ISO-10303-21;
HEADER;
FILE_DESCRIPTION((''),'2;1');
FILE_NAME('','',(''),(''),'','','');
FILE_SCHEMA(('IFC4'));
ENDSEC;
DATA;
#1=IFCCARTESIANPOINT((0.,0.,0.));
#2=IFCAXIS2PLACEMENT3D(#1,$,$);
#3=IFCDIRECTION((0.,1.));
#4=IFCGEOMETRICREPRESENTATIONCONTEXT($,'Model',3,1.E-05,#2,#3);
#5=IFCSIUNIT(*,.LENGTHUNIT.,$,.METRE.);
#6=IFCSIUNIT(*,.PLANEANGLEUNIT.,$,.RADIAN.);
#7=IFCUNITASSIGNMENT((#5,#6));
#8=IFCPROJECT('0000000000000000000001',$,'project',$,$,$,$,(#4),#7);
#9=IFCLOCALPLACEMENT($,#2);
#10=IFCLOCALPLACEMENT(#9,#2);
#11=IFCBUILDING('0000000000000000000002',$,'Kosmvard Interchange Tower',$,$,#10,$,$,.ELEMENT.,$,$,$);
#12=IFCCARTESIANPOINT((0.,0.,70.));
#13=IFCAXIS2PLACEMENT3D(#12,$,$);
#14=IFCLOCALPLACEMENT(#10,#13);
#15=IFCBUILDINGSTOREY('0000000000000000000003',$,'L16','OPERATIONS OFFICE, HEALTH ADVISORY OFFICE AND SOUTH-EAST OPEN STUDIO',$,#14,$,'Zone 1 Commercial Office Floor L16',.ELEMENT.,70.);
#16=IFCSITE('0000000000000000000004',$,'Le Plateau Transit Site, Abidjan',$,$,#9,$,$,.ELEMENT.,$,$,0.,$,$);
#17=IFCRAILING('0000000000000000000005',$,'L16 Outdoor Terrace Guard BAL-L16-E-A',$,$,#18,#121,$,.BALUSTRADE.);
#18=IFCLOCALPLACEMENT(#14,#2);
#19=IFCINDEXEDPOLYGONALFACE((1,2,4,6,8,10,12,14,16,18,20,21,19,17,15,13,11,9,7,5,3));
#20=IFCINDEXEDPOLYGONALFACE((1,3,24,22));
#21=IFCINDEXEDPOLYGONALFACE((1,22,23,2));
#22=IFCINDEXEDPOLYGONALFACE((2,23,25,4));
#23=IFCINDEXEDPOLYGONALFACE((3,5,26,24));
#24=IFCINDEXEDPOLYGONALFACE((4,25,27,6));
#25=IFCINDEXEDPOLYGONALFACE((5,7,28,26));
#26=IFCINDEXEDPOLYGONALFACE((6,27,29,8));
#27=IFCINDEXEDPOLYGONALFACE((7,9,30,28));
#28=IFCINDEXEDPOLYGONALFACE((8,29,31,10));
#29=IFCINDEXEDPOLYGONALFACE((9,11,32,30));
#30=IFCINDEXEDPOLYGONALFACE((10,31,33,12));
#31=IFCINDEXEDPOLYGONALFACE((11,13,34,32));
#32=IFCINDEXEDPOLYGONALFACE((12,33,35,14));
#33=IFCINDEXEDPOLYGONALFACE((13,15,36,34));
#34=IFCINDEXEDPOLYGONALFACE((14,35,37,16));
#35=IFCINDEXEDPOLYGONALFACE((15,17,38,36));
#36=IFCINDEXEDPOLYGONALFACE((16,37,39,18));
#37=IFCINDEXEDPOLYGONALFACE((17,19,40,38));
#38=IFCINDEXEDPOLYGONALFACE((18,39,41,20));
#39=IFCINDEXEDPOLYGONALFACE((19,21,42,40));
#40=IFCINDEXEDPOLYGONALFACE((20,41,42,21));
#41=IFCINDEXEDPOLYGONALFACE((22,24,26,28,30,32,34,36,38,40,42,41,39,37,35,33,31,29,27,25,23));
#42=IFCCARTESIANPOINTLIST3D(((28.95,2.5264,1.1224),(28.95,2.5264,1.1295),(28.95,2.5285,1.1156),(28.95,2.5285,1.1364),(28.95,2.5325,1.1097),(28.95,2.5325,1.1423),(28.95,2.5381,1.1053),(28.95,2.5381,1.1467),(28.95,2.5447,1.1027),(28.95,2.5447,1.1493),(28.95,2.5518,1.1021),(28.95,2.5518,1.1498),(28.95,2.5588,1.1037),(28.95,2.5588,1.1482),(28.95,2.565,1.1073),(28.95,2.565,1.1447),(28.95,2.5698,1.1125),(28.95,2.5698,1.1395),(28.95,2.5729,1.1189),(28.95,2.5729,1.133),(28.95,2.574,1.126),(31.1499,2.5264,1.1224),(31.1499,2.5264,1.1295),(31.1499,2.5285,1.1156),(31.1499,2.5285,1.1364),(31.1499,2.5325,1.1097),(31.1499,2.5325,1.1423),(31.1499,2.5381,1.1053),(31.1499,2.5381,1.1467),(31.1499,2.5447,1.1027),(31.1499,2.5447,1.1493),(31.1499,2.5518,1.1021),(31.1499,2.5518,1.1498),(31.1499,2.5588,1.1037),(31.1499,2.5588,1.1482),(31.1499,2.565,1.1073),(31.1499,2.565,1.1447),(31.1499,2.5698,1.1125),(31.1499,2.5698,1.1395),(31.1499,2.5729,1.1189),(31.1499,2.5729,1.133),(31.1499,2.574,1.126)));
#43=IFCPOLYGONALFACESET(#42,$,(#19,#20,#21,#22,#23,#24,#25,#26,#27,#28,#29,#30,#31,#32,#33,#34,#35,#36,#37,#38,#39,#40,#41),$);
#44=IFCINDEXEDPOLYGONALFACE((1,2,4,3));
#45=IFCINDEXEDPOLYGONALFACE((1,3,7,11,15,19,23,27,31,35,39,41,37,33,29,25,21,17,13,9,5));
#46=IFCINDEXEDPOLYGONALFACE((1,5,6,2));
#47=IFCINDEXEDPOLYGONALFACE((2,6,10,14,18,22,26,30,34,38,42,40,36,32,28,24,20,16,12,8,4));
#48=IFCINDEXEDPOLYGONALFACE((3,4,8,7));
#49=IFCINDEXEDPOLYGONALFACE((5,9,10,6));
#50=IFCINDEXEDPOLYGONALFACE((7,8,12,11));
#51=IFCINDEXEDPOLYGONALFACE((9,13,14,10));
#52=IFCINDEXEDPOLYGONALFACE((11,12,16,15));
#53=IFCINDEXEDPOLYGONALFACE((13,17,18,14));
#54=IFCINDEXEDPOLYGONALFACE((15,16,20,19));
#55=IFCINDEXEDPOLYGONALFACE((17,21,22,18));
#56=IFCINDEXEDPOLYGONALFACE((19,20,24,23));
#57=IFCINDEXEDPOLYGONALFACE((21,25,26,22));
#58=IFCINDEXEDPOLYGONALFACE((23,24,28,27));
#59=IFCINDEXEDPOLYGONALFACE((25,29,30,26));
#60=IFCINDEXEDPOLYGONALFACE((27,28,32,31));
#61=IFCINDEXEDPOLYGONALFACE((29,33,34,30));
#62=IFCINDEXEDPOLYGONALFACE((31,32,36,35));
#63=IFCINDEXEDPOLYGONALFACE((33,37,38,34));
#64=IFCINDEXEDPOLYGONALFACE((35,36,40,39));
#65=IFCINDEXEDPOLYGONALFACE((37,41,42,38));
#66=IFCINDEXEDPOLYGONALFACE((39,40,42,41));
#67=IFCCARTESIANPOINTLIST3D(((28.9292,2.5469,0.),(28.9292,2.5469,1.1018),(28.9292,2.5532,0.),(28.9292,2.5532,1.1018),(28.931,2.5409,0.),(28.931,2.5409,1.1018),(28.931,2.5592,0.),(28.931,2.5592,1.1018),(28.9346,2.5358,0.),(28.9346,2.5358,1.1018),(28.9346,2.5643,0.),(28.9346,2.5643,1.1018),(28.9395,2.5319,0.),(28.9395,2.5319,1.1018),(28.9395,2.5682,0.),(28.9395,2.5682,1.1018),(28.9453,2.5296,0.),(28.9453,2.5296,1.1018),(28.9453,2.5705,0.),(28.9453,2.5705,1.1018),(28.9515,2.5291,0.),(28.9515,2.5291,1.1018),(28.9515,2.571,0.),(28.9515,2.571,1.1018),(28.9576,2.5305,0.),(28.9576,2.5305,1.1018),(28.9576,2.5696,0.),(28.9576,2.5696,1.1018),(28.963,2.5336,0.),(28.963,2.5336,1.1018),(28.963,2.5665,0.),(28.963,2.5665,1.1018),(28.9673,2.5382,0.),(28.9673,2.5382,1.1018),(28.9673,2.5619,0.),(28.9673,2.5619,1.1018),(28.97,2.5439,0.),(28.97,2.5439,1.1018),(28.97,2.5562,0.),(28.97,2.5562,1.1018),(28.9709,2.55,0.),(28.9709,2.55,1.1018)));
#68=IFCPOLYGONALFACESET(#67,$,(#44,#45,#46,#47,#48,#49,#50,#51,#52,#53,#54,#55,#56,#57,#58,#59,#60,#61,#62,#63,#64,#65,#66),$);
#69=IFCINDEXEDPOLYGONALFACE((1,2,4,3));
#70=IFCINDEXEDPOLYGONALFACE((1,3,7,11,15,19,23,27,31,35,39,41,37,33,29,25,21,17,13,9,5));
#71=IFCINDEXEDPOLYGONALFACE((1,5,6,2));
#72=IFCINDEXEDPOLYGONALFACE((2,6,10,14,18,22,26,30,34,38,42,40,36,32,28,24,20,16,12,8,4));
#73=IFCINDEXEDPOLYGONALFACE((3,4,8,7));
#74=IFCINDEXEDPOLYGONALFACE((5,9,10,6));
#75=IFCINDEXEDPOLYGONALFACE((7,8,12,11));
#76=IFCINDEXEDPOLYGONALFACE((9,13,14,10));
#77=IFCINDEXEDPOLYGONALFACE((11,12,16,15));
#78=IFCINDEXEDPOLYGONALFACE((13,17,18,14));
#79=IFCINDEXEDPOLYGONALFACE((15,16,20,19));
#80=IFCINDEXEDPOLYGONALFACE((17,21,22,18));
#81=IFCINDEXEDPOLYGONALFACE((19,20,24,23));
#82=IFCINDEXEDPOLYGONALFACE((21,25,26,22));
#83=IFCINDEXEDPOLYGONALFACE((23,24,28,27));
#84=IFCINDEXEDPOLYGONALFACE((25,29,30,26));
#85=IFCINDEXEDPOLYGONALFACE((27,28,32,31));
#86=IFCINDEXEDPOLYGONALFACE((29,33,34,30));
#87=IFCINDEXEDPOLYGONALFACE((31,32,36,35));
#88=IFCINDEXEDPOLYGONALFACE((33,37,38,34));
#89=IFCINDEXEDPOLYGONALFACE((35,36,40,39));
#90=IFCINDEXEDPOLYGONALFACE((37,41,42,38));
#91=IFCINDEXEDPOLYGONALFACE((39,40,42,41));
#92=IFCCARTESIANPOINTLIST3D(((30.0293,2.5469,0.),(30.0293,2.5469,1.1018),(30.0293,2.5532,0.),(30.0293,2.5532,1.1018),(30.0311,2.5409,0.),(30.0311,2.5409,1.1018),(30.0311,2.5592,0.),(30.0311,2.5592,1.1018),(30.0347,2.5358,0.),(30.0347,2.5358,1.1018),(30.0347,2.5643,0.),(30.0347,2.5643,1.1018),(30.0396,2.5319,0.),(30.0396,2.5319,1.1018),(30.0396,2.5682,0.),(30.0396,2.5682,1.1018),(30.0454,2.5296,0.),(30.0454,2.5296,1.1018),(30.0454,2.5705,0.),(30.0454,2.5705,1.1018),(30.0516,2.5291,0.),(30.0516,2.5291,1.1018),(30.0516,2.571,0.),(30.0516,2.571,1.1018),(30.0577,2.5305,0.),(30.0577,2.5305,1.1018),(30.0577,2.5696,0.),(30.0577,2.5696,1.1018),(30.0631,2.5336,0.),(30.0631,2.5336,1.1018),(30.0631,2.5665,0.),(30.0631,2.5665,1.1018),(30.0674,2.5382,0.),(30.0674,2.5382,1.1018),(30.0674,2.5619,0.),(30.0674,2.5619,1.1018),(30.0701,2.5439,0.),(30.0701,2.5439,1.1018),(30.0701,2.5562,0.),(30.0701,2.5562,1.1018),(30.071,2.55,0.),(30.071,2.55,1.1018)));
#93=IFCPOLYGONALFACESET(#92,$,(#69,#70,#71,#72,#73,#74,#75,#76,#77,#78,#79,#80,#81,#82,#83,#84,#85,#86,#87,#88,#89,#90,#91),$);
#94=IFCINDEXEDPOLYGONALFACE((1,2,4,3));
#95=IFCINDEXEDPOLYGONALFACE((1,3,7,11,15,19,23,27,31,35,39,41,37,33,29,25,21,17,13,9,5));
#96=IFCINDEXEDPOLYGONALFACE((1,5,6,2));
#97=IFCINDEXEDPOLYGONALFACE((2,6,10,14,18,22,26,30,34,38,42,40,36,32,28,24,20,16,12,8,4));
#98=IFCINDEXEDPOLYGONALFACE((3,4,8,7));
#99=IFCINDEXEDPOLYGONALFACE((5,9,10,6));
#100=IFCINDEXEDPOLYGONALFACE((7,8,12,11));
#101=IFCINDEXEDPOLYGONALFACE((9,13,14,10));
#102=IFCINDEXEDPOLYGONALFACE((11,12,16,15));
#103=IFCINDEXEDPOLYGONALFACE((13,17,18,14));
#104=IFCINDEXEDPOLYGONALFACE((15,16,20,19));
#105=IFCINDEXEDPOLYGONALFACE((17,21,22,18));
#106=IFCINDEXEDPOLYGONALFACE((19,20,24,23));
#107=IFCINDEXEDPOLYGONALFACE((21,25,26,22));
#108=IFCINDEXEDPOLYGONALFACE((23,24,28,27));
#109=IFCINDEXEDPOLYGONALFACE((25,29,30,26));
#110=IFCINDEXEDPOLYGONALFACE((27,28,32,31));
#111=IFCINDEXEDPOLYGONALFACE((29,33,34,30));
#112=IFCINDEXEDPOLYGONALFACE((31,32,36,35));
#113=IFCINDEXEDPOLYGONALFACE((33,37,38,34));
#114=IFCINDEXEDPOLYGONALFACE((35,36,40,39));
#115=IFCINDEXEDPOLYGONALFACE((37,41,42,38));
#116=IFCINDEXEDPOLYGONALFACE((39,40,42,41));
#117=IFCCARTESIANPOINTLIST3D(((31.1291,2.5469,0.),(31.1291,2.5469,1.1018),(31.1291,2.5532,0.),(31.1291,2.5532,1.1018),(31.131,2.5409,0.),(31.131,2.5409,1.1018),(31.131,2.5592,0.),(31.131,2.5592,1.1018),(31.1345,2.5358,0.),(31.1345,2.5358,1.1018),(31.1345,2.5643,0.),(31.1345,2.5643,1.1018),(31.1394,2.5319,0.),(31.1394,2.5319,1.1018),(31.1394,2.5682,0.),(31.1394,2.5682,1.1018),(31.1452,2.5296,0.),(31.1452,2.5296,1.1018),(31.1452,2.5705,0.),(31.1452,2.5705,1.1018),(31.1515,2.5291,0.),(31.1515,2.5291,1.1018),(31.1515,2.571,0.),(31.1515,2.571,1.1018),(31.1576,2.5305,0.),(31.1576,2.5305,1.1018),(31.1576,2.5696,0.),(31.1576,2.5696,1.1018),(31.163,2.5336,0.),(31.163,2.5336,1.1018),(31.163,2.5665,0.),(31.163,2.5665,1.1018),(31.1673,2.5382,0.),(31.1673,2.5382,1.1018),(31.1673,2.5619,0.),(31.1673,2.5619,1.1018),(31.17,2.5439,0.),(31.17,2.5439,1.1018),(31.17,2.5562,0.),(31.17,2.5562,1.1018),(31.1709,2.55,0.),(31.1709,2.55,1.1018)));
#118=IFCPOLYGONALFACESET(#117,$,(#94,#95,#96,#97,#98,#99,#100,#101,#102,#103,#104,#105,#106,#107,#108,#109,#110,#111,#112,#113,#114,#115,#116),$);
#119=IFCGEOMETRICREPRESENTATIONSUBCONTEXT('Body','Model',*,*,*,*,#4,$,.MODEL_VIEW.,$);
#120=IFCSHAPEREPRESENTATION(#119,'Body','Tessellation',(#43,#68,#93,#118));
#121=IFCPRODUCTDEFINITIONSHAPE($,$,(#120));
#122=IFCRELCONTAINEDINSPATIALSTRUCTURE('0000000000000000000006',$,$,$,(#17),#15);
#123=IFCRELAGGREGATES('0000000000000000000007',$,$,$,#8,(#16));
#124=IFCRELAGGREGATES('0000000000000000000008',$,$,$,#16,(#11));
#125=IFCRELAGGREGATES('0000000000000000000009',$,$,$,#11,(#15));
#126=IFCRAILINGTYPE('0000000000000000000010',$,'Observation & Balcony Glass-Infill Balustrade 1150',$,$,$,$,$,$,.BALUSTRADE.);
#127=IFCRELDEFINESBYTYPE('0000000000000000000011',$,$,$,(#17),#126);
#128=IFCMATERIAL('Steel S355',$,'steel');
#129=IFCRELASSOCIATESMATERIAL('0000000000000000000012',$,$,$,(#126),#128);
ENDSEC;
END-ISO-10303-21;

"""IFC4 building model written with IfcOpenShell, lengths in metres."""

from ifc_helpers import new_model, si_unit, direction, frame, origin, origin_2d, place, context, subcontext, project, spatial, circle, extrude, source, transform, mapped, material, type_object, element, save


model = new_model("IFC4")

# Units and contexts
model_context = context("Model", 3, precision=1e-05, world=origin(), true_north=direction((0.0, 1.0)))
body_context = subcontext(model_context, "Body", "Model", "MODEL_VIEW")
ifc_project = project(units=[si_unit("LENGTHUNIT", "METRE"), si_unit("PLANEANGLEUNIT", "RADIAN")], contexts=[model_context])

# Site, building, storey
site_placement = place(None, origin())
site = spatial("IfcSite", under=ifc_project, at=site_placement, Name="Le Plateau Transit Site, Abidjan", CompositionType="ELEMENT", RefElevation=0.0)
building_placement = place(site_placement, origin())
building = spatial("IfcBuilding", under=site, at=building_placement, Name="Kosmvard Interchange Tower", CompositionType="ELEMENT")
storey_placement = place(building_placement, frame((0.0, 0.0, 70.0)))
storey = spatial("IfcBuildingStorey", under=building, at=storey_placement, Name="L16", Description="OPERATIONS OFFICE, HEALTH ADVISORY OFFICE AND SOUTH-EAST OPEN STUDIO", LongName="Zone 1 Commercial Office Floor L16", CompositionType="ELEMENT", Elevation=70.0)

# Shared definitions
ifc_material_1 = material(Name="Steel S355", Category="steel")

# Railing
railing_type = type_object("IfcRailingType", Name="Observation & Balcony Glass-Infill Balustrade 1150", PredefinedType="BALUSTRADE", material=ifc_material_1)
shared_shape_1 = source(origin(), body_context, "Body", "SweptSolid", [
    extrude(circle(Radius=0.0239, at=origin_2d()), frame((0.0, 0.0, 1.126), z_axis=(1.0, 0.0, 0.0), x_axis=(0.0, 1.0, 0.0)), (0.0, 0.0, 1.0), 2.2),
    extrude(circle(Radius=0.021, at=origin_2d()), origin(), (0.0, 0.0, 1.0), 1.1018),
    extrude(circle(Radius=0.021, at=origin_2d()), frame((1.1001, 0.0, 0.0)), (0.0, 0.0, 1.0), 1.1018),
    extrude(circle(Radius=0.021, at=origin_2d()), frame((2.2, 0.0, 0.0)), (0.0, 0.0, 1.0), 1.1018),
])
railing_1_placement = place(storey_placement, frame((28.95, 2.55, 0.0)))
element("IfcRailing", 1, at=railing_1_placement, inside=storey, type_object=railing_type, Name="L16 Outdoor Terrace Guard BAL-L16-E-A", PredefinedType="BALUSTRADE", context=body_context, shape_type="MappedRepresentation", body=[
    mapped(shared_shape_1, transform((0.0, 0.0, 0.0), scale=1.0)),
])

save(model, "model.ifc")
